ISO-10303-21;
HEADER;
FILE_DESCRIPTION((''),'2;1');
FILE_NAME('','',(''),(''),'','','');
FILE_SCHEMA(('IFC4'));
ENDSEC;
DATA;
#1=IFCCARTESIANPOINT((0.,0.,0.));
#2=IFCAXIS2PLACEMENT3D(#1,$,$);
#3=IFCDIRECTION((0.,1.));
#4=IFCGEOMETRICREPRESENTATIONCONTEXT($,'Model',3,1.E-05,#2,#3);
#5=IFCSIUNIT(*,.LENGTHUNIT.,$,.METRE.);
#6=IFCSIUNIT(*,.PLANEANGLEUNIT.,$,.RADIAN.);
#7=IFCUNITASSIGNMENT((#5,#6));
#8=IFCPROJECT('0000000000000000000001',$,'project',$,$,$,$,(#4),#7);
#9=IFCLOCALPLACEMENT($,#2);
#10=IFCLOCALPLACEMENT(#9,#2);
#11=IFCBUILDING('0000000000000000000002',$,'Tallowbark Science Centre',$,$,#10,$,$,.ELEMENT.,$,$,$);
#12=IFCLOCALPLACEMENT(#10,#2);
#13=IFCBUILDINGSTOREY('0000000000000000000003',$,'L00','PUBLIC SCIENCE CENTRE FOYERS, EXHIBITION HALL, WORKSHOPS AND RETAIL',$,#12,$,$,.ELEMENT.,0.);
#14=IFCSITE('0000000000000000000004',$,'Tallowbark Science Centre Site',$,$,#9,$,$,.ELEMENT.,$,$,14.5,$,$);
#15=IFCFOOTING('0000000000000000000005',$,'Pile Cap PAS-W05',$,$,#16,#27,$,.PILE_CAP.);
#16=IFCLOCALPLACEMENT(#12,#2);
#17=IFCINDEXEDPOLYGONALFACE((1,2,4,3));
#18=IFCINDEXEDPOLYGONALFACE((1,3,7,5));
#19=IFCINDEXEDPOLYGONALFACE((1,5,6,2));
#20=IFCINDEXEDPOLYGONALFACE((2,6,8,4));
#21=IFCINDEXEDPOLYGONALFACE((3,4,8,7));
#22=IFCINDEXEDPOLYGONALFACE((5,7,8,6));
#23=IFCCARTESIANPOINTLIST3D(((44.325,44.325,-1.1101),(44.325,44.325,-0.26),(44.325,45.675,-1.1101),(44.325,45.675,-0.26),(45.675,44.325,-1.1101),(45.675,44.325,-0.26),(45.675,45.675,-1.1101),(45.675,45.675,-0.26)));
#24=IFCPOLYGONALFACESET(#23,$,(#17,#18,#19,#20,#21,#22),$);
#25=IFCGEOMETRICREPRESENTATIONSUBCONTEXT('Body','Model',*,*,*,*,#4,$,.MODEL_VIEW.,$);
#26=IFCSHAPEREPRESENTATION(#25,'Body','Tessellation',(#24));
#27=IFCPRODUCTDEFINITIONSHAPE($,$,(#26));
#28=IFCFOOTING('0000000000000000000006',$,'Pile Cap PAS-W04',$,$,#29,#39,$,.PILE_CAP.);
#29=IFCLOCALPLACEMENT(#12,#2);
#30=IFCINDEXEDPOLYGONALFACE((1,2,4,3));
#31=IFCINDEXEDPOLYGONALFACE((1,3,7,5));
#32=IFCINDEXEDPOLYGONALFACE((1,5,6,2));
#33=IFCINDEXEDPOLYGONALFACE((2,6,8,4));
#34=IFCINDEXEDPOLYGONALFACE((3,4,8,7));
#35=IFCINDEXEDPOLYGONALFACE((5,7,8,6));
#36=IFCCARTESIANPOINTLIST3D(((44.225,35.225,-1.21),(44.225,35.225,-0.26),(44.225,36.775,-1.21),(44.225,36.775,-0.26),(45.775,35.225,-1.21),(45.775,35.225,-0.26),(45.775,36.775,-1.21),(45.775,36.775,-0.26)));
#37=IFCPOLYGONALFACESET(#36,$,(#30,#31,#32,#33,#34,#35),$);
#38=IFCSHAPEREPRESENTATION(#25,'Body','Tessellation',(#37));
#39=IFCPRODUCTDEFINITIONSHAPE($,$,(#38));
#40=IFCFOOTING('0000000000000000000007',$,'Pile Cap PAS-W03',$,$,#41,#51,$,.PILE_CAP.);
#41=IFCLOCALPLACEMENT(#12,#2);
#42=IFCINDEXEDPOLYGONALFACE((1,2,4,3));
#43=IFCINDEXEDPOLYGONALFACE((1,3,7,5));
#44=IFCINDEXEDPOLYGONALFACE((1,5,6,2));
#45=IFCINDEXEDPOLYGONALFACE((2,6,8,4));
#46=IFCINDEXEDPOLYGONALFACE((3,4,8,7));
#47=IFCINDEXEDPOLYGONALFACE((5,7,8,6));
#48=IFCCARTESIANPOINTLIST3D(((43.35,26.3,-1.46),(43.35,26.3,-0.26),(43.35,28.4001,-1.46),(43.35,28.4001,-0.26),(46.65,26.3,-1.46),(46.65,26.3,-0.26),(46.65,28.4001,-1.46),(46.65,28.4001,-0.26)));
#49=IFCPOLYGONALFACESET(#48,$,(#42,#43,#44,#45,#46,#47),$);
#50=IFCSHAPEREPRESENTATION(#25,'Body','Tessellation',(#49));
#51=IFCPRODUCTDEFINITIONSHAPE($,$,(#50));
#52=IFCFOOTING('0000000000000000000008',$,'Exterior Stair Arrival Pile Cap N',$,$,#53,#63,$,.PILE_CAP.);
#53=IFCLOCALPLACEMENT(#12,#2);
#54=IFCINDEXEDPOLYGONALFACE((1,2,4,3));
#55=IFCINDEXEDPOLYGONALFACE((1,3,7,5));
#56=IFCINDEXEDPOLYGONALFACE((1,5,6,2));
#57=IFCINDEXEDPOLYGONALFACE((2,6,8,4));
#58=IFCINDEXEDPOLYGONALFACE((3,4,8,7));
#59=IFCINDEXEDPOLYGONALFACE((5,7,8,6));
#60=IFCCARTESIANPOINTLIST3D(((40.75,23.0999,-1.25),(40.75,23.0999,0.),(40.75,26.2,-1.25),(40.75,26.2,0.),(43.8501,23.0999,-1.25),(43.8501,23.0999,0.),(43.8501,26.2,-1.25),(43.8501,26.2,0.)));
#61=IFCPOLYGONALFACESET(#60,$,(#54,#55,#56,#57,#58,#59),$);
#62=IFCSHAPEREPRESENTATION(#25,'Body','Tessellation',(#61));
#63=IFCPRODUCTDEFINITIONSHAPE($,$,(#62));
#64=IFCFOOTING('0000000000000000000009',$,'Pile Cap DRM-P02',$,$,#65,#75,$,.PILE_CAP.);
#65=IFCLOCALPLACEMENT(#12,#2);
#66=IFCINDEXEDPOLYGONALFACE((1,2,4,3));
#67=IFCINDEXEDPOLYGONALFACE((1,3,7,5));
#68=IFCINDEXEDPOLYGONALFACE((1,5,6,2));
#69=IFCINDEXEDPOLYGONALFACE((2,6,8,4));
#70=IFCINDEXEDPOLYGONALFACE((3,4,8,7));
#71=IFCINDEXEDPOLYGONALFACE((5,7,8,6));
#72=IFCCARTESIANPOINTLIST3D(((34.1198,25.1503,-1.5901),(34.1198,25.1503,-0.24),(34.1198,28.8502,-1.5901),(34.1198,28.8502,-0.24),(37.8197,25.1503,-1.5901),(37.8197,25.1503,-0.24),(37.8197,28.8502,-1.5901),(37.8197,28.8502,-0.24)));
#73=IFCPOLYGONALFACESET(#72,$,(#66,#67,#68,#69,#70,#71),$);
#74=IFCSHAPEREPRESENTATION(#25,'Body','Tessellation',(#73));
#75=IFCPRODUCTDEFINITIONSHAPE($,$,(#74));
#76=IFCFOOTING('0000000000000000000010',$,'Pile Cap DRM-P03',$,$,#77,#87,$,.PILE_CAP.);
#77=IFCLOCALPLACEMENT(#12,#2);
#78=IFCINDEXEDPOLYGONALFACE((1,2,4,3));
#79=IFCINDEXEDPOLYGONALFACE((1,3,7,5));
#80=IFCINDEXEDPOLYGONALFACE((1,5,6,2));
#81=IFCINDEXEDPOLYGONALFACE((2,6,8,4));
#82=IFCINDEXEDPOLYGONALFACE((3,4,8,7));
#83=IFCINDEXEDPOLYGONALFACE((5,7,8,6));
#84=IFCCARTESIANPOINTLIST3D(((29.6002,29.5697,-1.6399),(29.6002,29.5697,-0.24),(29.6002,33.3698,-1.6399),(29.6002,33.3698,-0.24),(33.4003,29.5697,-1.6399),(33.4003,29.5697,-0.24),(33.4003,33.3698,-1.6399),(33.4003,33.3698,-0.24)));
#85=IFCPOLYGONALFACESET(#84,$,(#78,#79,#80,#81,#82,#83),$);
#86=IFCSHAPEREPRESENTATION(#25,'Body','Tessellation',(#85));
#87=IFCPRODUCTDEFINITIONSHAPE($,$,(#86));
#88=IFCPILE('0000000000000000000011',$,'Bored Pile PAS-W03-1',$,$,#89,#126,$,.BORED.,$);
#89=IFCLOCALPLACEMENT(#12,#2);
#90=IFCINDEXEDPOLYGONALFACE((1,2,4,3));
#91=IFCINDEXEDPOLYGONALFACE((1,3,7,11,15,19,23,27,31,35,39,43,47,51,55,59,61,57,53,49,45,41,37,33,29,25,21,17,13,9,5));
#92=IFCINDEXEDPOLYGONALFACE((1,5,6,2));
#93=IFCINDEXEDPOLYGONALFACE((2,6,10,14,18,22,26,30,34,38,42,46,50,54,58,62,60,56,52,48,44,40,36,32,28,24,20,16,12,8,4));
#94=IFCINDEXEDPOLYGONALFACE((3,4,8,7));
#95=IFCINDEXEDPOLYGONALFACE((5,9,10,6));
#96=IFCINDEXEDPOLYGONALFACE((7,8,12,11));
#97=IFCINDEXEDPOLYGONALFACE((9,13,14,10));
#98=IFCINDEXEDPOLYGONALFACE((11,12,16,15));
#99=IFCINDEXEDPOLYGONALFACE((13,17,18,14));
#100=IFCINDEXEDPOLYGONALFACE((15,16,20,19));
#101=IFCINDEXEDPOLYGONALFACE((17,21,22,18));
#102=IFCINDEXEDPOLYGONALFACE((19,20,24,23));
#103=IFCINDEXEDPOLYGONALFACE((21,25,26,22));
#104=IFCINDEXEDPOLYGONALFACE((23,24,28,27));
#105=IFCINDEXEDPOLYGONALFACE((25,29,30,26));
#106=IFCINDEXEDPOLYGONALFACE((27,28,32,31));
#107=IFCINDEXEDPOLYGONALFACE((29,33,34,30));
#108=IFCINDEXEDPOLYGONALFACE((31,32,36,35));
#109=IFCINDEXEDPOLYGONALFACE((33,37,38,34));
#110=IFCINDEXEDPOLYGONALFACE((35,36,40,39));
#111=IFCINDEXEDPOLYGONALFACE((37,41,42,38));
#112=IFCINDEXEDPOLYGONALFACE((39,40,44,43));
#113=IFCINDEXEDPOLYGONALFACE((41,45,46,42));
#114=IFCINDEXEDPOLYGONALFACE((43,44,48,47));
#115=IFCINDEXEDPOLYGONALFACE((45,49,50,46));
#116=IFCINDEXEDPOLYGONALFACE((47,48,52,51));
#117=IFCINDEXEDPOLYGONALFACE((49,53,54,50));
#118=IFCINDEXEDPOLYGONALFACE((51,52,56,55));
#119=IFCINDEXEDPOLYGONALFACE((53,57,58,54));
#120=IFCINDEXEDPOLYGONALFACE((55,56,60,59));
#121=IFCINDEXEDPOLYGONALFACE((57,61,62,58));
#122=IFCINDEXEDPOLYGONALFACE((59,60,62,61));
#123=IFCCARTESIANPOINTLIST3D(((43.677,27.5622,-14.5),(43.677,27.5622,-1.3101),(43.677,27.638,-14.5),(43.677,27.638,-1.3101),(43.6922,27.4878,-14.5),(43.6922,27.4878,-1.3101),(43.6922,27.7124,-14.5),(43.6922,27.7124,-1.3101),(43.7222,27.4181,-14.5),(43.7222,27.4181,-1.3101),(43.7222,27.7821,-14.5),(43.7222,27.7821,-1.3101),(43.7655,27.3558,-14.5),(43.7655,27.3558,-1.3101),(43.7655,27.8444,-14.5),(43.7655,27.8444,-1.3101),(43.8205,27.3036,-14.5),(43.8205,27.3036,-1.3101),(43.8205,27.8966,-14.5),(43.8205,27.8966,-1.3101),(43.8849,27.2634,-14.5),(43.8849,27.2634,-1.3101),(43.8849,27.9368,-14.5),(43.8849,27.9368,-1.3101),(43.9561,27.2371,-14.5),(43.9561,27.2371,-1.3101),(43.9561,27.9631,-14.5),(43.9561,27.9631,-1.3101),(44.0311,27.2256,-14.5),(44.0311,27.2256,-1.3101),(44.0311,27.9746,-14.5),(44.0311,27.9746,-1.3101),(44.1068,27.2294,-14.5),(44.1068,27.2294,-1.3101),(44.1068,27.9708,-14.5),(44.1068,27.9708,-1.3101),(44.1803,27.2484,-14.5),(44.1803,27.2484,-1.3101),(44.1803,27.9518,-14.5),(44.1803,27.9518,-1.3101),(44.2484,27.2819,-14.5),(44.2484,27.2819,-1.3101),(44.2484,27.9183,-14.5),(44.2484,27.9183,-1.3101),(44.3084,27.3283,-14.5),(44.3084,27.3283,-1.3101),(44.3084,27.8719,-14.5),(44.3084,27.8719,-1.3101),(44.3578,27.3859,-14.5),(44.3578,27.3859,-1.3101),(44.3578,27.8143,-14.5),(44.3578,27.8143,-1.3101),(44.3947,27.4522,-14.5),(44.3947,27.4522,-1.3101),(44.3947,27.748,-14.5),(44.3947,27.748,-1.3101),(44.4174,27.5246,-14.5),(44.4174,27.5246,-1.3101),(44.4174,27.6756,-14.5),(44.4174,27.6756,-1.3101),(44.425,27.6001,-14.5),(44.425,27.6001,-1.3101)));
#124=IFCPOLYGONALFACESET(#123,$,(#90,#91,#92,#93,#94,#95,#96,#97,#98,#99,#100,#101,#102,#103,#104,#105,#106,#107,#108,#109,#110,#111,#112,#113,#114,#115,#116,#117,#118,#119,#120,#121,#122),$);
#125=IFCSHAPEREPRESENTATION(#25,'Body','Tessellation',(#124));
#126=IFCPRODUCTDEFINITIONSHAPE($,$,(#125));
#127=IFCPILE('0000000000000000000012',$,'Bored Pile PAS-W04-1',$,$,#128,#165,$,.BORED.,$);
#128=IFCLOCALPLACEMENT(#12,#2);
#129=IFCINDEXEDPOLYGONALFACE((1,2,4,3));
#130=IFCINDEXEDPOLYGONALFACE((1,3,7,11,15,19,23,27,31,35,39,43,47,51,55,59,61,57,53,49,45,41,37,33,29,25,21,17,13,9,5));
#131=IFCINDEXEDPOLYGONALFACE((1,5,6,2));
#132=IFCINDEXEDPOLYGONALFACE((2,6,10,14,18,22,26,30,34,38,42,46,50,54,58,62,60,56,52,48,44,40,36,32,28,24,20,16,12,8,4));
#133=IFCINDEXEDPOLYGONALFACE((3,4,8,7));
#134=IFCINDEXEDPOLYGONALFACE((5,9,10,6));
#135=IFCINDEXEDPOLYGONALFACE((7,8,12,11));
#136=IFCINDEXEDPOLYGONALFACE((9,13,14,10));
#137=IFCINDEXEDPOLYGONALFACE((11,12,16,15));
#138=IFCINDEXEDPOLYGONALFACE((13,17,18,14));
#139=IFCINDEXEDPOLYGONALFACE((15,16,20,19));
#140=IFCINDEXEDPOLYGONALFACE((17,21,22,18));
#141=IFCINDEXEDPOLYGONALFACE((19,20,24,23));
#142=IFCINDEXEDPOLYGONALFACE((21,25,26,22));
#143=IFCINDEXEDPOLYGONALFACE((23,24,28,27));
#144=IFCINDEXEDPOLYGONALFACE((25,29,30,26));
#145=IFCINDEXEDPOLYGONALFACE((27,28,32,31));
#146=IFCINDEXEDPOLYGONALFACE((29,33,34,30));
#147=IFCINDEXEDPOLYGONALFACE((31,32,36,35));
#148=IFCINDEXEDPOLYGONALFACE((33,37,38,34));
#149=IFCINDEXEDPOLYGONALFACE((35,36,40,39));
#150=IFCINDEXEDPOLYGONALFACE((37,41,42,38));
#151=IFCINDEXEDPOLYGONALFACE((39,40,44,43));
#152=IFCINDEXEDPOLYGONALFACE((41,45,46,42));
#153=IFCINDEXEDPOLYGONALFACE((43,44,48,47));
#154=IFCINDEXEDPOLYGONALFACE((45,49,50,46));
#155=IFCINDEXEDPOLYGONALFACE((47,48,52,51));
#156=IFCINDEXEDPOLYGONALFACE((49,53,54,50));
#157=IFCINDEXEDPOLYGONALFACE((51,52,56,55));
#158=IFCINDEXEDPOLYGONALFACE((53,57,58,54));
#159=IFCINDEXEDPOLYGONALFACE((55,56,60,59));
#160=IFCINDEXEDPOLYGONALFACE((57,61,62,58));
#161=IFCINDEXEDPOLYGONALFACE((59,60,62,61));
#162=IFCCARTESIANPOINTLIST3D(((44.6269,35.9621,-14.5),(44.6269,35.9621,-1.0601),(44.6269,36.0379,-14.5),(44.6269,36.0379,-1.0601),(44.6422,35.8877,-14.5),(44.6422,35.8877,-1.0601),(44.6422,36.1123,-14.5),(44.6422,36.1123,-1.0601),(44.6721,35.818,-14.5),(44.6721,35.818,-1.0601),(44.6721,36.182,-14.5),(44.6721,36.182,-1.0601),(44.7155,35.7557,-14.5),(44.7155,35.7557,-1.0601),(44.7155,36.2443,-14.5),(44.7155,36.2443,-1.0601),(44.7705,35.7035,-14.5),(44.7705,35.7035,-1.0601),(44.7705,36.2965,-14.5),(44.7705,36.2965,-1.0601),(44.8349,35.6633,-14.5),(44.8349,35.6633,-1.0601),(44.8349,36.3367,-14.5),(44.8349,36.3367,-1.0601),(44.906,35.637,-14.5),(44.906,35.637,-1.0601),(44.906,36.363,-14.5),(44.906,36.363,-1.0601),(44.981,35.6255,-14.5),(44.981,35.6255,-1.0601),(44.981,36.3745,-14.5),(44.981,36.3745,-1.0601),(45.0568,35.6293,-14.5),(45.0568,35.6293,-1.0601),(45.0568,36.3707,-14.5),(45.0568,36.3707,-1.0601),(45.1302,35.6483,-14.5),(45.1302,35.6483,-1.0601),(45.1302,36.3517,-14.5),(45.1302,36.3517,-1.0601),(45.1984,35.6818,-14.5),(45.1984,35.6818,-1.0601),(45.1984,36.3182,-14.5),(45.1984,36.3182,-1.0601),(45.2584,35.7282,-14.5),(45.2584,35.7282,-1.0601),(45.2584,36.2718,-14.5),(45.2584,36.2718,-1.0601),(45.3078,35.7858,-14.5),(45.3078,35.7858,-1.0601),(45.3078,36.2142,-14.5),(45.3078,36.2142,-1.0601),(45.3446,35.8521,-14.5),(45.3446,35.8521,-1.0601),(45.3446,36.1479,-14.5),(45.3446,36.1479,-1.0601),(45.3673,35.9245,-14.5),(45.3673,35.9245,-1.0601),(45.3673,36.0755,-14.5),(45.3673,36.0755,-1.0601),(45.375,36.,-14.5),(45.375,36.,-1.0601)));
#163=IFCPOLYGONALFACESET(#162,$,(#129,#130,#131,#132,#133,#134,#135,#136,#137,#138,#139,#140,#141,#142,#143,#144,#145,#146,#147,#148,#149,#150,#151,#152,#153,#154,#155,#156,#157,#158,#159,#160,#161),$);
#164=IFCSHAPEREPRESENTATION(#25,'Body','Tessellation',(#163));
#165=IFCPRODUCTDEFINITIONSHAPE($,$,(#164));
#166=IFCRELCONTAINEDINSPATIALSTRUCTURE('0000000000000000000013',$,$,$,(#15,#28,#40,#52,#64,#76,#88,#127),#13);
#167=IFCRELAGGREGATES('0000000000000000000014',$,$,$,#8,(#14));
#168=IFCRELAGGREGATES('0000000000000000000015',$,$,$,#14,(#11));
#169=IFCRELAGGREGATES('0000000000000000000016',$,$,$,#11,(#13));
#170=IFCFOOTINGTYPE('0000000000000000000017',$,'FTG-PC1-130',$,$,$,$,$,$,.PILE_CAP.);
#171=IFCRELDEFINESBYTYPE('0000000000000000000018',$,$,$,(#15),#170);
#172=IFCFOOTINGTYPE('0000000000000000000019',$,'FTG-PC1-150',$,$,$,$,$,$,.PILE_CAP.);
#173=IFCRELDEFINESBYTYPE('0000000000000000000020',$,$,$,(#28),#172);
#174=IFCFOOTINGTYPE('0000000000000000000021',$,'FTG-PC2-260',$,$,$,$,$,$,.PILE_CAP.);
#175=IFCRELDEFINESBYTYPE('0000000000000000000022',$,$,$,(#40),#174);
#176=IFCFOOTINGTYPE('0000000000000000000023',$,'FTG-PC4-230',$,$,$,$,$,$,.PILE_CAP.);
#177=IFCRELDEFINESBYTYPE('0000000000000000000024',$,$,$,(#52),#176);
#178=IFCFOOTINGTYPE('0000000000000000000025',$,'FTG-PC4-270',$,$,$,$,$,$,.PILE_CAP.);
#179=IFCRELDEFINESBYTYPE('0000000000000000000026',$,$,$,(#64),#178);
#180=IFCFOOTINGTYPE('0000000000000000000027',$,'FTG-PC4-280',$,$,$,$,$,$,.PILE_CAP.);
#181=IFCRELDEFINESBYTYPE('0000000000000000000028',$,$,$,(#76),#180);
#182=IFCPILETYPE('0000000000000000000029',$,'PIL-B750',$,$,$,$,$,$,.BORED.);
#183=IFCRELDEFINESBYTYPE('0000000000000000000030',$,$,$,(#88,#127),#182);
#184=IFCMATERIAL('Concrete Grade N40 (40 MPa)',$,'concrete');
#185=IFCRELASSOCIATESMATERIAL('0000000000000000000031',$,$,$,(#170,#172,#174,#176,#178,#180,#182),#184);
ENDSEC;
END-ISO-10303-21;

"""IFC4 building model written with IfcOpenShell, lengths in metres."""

from ifc_helpers import new_model, si_unit, direction, frame, origin, origin_2d, place, context, subcontext, project, spatial, rectangle, circle, extrude, material, material_profile, profile_set, type_object, element, save


model = new_model("IFC4")

# Units and contexts
model_context = context("Model", 3, precision=1e-05, world=origin(), true_north=direction((0.0, 1.0)))
body_context = subcontext(model_context, "Body", "Model", "MODEL_VIEW")
ifc_project = project(units=[si_unit("LENGTHUNIT", "METRE"), si_unit("PLANEANGLEUNIT", "RADIAN")], contexts=[model_context])

# Site, building, storey
site_placement = place(None, origin())
site = spatial("IfcSite", under=ifc_project, at=site_placement, Name="Tallowbark Science Centre Site", CompositionType="ELEMENT", RefElevation=14.5)
building_placement = place(site_placement, origin())
building = spatial("IfcBuilding", under=site, at=building_placement, Name="Tallowbark Science Centre", CompositionType="ELEMENT")
storey_placement = place(building_placement, origin())
storey = spatial("IfcBuildingStorey", under=building, at=storey_placement, Name="L00", Description="PUBLIC SCIENCE CENTRE FOYERS, EXHIBITION HALL, WORKSHOPS AND RETAIL", CompositionType="ELEMENT", Elevation=0.0)

# Footings
ifc_material_1 = material(Name="Concrete Grade N40 (40 MPa)", Category="concrete")
footing_type_1 = type_object("IfcFootingType", Name="FTG-PC1-130", PredefinedType="PILE_CAP", material=ifc_material_1)
footing_1_placement = place(storey_placement, frame((45.0, 45.0, -1.1101), z_axis=(0.0, 0.0, 1.0), x_axis=(1.0, 0.0, 0.0)))
element("IfcFooting", 1, at=footing_1_placement, inside=storey, type_object=footing_type_1, Name="Pile Cap PAS-W05", PredefinedType="PILE_CAP", context=body_context, shape_type="SweptSolid", body=[
    extrude(rectangle(XDim=1.3501, YDim=1.3501, at=origin_2d()), origin(), (0.0, 0.0, 1.0), 0.8501),
])
footing_type_2 = type_object("IfcFootingType", Name="FTG-PC1-150", PredefinedType="PILE_CAP", material=ifc_material_1)
footing_2_placement = place(storey_placement, frame((45.0, 36.0, -1.21), z_axis=(0.0, 0.0, 1.0), x_axis=(1.0, 0.0, 0.0)))
element("IfcFooting", 2, at=footing_2_placement, inside=storey, type_object=footing_type_2, Name="Pile Cap PAS-W04", PredefinedType="PILE_CAP", context=body_context, shape_type="SweptSolid", body=[
    extrude(rectangle(XDim=1.55, YDim=1.55, at=origin_2d()), origin(), (0.0, 0.0, 1.0), 0.95),
])
footing_type_3 = type_object("IfcFootingType", Name="FTG-PC2-260", PredefinedType="PILE_CAP", material=ifc_material_1)
footing_3_placement = place(storey_placement, frame((45.0, 27.3501, -1.46), z_axis=(0.0, 0.0, 1.0), x_axis=(1.0, 0.0, 0.0)))
element("IfcFooting", 3, at=footing_3_placement, inside=storey, type_object=footing_type_3, Name="Pile Cap PAS-W03", PredefinedType="PILE_CAP", context=body_context, shape_type="SweptSolid", body=[
    extrude(rectangle(XDim=3.3, YDim=2.1001, at=origin_2d()), origin(), (0.0, 0.0, 1.0), 1.2),
])
footing_type_4 = type_object("IfcFootingType", Name="FTG-PC4-230", PredefinedType="PILE_CAP", material=ifc_material_1)
footing_4_placement = place(storey_placement, frame((42.3, 24.6499, -1.25), z_axis=(0.0, 0.0, 1.0), x_axis=(1.0, 0.0, 0.0)))
element("IfcFooting", 4, at=footing_4_placement, inside=storey, type_object=footing_type_4, Name="Exterior Stair Arrival Pile Cap N", PredefinedType="PILE_CAP", context=body_context, shape_type="SweptSolid", body=[
    extrude(rectangle(XDim=3.1001, YDim=3.1001, at=origin_2d()), origin(), (0.0, 0.0, 1.0), 1.25),
])
footing_type_5 = type_object("IfcFootingType", Name="FTG-PC4-270", PredefinedType="PILE_CAP", material=ifc_material_1)
footing_5_placement = place(storey_placement, frame((35.9697, 27.0002, -1.5901), z_axis=(0.0, 0.0, 1.0), x_axis=(1.0, 0.0, 0.0)))
element("IfcFooting", 5, at=footing_5_placement, inside=storey, type_object=footing_type_5, Name="Pile Cap DRM-P02", PredefinedType="PILE_CAP", context=body_context, shape_type="SweptSolid", body=[
    extrude(rectangle(XDim=3.7, YDim=3.7, at=origin_2d()), origin(), (0.0, 0.0, 1.0), 1.3501),
])
footing_type_6 = type_object("IfcFootingType", Name="FTG-PC4-280", PredefinedType="PILE_CAP", material=ifc_material_1)
footing_6_placement = place(storey_placement, frame((31.5002, 31.4697, -1.6399), z_axis=(0.0, 0.0, 1.0), x_axis=(1.0, 0.0, 0.0)))
element("IfcFooting", 6, at=footing_6_placement, inside=storey, type_object=footing_type_6, Name="Pile Cap DRM-P03", PredefinedType="PILE_CAP", context=body_context, shape_type="SweptSolid", body=[
    extrude(rectangle(XDim=3.8, YDim=3.8, at=origin_2d()), origin(), (0.0, 0.0, 1.0), 1.3999),
])

# Piles
ifc_material_profile_1 = material_profile(ifc_material_1, circle(Radius=0.375, at=origin_2d()), Name="PILE750")
ifc_profile_set_1 = profile_set([ifc_material_profile_1], Name="Concrete Grade N40 (40 MPa)")
pile_type_1 = type_object("IfcPileType", Name="PIL-B750", PredefinedType="BORED", material=ifc_profile_set_1)
pile_1_placement = place(storey_placement, frame((44.05, 27.6001, -1.3101), z_axis=(0.0, 0.0, -1.0), x_axis=(1.0, 0.0, 0.0)))
element("IfcPile", 7, at=pile_1_placement, inside=storey, type_object=pile_type_1, Name="Bored Pile PAS-W03-1", PredefinedType="BORED", context=body_context, shape_type="SweptSolid", body=[
    extrude(circle(Radius=0.375, at=origin_2d()), origin(), (0.0, 0.0, 1.0), 13.1899),
])
pile_2_placement = place(storey_placement, frame((45.0, 36.0, -1.0601), z_axis=(0.0, 0.0, -1.0), x_axis=(1.0, 0.0, 0.0)))
element("IfcPile", 8, at=pile_2_placement, inside=storey, type_object=pile_type_1, Name="Bored Pile PAS-W04-1", PredefinedType="BORED", context=body_context, shape_type="SweptSolid", body=[
    extrude(circle(Radius=0.375, at=origin_2d()), origin(), (0.0, 0.0, 1.0), 13.4399),
])

save(model, "model.ifc")
